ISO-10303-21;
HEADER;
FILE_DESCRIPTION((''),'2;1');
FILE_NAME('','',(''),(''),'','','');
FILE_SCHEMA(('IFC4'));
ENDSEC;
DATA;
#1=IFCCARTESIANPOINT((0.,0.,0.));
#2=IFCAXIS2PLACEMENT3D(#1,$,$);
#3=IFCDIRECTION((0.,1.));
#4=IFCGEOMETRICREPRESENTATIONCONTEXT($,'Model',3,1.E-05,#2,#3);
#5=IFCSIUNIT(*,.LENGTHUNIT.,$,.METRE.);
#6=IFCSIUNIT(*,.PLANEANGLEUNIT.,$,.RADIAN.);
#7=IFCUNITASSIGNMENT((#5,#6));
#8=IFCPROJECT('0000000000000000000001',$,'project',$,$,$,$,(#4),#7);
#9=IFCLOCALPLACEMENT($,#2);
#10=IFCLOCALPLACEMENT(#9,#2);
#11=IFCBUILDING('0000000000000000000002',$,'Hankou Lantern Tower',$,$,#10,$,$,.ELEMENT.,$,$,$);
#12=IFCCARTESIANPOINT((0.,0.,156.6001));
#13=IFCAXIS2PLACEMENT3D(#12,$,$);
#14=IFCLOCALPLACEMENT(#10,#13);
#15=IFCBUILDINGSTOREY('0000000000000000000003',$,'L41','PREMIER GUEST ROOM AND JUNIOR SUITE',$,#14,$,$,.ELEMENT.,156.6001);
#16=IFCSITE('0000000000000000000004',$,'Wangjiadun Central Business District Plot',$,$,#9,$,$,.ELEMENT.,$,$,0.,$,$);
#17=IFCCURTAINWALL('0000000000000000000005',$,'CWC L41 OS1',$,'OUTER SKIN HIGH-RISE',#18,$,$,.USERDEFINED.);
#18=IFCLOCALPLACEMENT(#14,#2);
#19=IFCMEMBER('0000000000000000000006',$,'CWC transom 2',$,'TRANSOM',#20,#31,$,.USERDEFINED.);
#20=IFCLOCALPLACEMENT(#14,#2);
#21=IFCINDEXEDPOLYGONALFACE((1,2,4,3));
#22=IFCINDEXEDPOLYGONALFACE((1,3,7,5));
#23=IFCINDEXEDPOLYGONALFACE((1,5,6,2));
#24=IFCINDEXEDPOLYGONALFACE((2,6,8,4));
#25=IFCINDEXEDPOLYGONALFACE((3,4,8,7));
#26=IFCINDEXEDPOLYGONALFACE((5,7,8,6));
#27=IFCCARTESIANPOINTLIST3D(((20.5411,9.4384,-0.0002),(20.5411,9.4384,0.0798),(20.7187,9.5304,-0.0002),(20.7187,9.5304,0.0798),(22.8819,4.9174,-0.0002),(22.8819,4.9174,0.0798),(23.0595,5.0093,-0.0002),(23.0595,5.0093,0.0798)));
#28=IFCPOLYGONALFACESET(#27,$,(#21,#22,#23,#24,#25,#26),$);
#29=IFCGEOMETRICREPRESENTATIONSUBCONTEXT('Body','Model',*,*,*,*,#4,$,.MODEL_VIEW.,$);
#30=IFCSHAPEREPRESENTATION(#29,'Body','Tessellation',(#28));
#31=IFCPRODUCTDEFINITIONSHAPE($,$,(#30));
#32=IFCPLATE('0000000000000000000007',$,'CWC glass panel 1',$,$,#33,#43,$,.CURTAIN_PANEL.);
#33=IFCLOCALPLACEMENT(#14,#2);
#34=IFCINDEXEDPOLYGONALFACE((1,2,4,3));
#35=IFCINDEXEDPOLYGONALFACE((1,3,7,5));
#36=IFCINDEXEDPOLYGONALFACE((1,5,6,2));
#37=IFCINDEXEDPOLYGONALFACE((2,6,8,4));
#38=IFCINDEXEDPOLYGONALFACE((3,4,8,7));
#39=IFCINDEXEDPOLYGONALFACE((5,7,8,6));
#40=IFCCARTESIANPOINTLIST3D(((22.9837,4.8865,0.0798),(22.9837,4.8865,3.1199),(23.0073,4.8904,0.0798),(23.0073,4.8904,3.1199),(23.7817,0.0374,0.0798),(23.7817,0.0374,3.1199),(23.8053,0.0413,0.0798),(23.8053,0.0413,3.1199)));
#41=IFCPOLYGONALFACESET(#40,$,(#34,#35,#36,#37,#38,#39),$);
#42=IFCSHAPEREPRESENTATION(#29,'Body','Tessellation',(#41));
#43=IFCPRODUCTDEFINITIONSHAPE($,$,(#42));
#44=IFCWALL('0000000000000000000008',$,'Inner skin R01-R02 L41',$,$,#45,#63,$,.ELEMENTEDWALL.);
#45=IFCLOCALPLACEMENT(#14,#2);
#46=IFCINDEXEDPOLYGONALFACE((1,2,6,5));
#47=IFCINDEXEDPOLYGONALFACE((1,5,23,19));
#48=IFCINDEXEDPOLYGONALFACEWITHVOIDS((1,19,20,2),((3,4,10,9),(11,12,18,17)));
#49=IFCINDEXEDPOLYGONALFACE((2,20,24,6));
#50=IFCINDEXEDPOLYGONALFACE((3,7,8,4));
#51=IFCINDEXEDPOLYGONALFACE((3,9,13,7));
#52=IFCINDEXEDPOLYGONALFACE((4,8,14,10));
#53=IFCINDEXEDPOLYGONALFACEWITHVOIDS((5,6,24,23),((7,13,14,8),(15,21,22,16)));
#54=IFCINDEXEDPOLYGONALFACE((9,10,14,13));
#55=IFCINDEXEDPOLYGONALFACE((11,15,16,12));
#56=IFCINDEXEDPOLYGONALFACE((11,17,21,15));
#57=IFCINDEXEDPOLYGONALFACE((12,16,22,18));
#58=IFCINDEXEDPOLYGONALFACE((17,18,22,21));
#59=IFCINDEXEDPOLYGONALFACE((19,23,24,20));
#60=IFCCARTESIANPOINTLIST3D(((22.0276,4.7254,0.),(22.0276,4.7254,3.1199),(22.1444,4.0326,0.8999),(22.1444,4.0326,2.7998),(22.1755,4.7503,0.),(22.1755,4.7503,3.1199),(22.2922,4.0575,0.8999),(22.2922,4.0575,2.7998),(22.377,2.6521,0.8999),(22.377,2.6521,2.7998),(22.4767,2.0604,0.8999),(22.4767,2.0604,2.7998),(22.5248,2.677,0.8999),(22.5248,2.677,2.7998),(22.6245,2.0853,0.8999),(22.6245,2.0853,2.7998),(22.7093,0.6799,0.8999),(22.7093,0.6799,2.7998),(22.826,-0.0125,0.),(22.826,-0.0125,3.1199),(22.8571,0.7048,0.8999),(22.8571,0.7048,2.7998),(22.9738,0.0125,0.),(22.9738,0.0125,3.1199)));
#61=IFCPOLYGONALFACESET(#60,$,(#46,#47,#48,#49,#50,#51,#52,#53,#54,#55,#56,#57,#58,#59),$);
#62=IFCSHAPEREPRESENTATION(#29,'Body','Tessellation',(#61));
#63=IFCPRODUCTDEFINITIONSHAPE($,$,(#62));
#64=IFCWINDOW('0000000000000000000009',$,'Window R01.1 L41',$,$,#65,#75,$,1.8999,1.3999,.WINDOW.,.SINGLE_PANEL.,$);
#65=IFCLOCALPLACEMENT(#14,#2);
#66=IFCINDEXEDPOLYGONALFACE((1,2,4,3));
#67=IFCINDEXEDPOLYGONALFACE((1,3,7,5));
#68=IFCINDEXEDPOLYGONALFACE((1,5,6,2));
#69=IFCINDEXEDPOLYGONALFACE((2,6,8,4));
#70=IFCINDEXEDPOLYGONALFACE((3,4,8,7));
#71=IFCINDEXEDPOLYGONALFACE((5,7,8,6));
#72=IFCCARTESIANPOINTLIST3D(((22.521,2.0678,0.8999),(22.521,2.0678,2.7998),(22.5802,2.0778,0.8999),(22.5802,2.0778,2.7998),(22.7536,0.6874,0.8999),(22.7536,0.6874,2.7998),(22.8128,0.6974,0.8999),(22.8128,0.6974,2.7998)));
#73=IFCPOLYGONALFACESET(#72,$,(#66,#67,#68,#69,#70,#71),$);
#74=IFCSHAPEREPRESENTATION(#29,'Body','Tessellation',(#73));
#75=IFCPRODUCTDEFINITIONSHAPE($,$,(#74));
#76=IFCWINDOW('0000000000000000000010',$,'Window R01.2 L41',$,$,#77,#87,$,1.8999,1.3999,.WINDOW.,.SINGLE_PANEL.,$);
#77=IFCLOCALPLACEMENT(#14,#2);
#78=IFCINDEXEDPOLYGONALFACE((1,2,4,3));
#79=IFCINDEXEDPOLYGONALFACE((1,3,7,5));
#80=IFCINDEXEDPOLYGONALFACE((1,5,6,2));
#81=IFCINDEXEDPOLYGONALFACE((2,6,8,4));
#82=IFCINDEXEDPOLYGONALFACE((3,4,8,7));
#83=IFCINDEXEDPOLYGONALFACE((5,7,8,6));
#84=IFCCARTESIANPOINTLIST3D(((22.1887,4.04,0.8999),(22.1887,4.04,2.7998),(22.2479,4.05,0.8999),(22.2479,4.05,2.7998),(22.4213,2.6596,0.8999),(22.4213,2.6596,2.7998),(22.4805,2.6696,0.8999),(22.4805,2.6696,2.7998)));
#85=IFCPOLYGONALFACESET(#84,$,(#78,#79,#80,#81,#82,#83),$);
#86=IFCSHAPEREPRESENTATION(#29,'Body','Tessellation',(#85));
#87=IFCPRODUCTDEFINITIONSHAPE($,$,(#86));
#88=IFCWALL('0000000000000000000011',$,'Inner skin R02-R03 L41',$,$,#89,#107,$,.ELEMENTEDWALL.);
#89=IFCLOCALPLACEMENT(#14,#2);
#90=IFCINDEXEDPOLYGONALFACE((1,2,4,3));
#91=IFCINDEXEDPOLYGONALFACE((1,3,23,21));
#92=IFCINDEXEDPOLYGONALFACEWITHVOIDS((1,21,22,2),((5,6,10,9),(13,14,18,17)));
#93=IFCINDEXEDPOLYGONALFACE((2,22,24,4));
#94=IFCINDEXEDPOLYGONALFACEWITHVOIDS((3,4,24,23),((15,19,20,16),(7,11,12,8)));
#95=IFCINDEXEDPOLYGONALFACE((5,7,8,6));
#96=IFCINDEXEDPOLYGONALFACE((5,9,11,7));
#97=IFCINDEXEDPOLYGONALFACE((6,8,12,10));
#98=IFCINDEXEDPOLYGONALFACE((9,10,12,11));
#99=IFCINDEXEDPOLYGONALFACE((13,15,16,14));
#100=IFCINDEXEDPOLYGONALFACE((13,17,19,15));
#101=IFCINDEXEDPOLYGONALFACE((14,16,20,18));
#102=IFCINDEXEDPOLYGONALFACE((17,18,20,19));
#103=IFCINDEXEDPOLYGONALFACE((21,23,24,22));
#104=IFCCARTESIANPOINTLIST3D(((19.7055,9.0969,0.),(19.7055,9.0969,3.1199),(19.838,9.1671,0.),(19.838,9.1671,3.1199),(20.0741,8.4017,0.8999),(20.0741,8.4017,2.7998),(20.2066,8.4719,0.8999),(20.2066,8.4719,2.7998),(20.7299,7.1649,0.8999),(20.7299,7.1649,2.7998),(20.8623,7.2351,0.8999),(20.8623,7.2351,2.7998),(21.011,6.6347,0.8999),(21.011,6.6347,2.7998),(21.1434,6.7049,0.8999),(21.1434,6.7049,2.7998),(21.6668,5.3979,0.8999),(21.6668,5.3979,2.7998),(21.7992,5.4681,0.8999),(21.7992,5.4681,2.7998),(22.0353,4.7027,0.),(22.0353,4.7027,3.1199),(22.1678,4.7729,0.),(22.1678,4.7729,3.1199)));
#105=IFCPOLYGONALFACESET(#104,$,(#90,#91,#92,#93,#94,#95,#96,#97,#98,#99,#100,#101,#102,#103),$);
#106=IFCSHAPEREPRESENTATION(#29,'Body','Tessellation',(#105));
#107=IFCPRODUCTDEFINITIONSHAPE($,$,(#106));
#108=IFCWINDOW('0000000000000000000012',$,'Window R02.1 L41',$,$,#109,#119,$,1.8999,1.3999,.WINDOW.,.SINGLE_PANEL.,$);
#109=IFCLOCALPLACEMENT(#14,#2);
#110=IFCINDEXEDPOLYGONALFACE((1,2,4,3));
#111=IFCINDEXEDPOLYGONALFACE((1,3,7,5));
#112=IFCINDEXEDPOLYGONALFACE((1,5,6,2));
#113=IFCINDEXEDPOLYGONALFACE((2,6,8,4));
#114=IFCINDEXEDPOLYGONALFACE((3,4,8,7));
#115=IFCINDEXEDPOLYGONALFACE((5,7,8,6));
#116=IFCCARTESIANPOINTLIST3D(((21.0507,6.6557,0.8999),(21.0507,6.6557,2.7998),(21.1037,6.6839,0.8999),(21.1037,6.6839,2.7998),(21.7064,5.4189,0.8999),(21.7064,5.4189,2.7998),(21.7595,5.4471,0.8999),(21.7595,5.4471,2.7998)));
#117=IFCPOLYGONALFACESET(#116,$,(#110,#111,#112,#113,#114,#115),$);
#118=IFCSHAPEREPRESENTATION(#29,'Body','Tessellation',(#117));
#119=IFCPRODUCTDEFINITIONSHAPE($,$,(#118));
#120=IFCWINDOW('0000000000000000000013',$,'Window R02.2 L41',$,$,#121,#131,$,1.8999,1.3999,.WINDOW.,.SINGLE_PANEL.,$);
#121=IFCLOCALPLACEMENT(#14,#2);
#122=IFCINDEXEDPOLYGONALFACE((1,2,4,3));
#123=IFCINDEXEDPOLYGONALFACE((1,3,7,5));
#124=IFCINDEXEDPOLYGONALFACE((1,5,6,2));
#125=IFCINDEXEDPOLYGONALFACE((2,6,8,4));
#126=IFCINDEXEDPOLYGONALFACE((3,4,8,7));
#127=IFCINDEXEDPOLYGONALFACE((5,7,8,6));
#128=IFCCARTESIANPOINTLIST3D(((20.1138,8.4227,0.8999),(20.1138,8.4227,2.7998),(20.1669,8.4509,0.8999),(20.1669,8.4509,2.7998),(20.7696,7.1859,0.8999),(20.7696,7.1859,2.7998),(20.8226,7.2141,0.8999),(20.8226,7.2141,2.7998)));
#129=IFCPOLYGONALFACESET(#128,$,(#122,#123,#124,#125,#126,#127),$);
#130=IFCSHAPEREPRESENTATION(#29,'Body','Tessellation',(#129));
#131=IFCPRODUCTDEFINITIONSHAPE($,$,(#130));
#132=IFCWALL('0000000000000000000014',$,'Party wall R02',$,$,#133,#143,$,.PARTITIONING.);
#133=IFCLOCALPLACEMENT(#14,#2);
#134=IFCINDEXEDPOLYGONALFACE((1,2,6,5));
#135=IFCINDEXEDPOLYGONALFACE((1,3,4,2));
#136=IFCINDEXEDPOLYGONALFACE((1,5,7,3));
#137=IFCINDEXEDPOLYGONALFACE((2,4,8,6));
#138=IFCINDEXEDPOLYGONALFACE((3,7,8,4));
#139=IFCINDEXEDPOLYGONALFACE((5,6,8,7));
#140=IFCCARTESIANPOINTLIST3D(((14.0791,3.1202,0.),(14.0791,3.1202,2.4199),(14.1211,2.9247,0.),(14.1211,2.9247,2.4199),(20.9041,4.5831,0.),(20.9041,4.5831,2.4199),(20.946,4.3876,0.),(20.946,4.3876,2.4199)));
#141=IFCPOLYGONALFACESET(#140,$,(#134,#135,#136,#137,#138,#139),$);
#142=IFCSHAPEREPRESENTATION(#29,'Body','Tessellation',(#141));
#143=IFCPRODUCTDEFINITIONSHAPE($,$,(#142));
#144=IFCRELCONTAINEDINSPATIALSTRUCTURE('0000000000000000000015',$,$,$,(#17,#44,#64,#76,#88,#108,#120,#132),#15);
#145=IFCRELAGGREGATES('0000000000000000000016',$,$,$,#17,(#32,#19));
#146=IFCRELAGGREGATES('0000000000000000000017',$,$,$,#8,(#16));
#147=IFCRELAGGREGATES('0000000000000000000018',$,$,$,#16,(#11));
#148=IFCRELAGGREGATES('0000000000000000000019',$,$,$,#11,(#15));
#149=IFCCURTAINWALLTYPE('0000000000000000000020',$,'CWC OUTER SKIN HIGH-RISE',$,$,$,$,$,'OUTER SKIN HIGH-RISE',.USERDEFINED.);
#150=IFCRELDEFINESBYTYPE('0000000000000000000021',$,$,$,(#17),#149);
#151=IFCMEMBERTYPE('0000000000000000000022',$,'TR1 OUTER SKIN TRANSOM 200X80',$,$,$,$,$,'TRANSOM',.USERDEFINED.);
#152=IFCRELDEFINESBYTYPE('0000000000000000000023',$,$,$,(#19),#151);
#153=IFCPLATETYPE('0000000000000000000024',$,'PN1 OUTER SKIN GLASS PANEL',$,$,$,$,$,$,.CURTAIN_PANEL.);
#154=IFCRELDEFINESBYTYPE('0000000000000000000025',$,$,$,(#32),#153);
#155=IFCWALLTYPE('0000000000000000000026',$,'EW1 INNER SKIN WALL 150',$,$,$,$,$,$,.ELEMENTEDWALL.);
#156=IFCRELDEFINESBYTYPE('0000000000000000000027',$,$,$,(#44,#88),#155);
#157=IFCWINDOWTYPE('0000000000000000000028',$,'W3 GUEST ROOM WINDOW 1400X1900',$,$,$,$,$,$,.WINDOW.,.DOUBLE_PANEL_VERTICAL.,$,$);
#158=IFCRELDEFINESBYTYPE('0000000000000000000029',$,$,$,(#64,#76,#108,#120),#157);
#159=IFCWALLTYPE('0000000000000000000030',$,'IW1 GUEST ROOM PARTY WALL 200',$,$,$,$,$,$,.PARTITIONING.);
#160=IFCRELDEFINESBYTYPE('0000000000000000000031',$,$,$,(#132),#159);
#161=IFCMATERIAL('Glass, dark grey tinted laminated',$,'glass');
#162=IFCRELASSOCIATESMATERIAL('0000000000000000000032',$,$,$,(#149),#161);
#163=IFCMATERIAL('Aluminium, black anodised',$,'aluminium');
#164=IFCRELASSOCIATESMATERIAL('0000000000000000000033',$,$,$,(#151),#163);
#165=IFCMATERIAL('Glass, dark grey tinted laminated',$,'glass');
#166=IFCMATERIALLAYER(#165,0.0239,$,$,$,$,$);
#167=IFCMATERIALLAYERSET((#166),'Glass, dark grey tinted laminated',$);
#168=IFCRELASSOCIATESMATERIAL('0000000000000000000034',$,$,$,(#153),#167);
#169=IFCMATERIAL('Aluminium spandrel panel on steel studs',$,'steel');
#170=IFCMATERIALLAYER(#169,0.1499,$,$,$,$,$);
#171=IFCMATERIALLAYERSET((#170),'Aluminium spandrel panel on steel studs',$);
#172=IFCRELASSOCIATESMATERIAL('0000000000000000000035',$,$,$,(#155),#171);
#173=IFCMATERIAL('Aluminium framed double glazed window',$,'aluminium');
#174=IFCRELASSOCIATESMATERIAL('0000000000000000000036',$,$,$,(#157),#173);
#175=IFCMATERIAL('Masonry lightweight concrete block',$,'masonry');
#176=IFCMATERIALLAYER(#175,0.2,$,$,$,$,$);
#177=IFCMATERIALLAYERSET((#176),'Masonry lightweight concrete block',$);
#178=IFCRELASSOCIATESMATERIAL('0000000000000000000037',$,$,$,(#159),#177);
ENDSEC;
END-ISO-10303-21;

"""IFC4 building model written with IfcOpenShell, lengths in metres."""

from ifc_helpers import new_model, si_unit, direction, frame, frame_2d, origin, origin_2d, place, context, subcontext, project, spatial, rectangle, extrude, material, layer, layer_set, material_profile, profile_set, type_object, element, fill, aggregate, save


model = new_model("IFC4")

# Units and contexts
model_context = context("Model", 3, precision=1e-05, world=origin(), true_north=direction((0.0, 1.0)))
body_context = subcontext(model_context, "Body", "Model", "MODEL_VIEW")
ifc_project = project(units=[si_unit("LENGTHUNIT", "METRE"), si_unit("PLANEANGLEUNIT", "RADIAN")], contexts=[model_context])

# Site, building, storey
site_placement = place(None, origin())
site = spatial("IfcSite", under=ifc_project, at=site_placement, Name="Wangjiadun Central Business District Plot", CompositionType="ELEMENT", RefElevation=0.0)
building_placement = place(site_placement, origin())
building = spatial("IfcBuilding", under=site, at=building_placement, Name="Hankou Lantern Tower", CompositionType="ELEMENT")
storey_placement = place(building_placement, frame((0.0, 0.0, 156.6001)))
storey = spatial("IfcBuildingStorey", under=building, at=storey_placement, Name="L41", Description="PREMIER GUEST ROOM AND JUNIOR SUITE", CompositionType="ELEMENT", Elevation=156.6001)

# Curtain wall
ifc_material_1 = material(Name="Glass, dark grey tinted laminated", Category="glass")
curtain_wall_type = type_object("IfcCurtainWallType", Name="CWC OUTER SKIN HIGH-RISE", ElementType="OUTER SKIN HIGH-RISE", PredefinedType="USERDEFINED", material=ifc_material_1)
curtain_wall_placement = place(storey_placement, origin())
curtain_wall = element("IfcCurtainWall", 1, at=curtain_wall_placement, inside=storey, type_object=curtain_wall_type, Name="CWC L41 OS1", ObjectType="OUTER SKIN HIGH-RISE", PredefinedType="USERDEFINED")

# Member
ifc_material_2 = material(Name="Aluminium, black anodised", Category="aluminium")
ifc_material_profile_1 = material_profile(ifc_material_2, rectangle(XDim=0.2, YDim=0.0801, at=origin_2d()), Name="TR1 200X80")
ifc_profile_set_1 = profile_set([ifc_material_profile_1], Name="Aluminium, black anodised")
member_type_1 = type_object("IfcMemberType", Name="TR1 OUTER SKIN TRANSOM 200X80", ElementType="TRANSOM", PredefinedType="USERDEFINED", material=ifc_profile_set_1)
member_1_placement = place(storey_placement, frame((22.9707, 4.9634, 0.0398), z_axis=(-0.459791, 0.888027, 0.0), x_axis=(-0.888027, -0.459791, 0.0)))
member_1 = element("IfcMember", 2, at=member_1_placement, type_object=member_type_1, Name="CWC transom 2", ObjectType="TRANSOM", PredefinedType="USERDEFINED", context=body_context, shape_type="SweptSolid", body=[
    extrude(rectangle(XDim=0.2, YDim=0.0801, at=origin_2d()), origin(), (0.0, 0.0, 1.0), 5.0911),
])

# Plate
ifc_material_3 = material(Name="Glass, dark grey tinted laminated", Category="glass")
ifc_layer_1 = layer(ifc_material_3, 0.0239)
ifc_layer_set_1 = layer_set([ifc_layer_1], Name="Glass, dark grey tinted laminated")
plate_type = type_object("IfcPlateType", Name="PN1 OUTER SKIN GLASS PANEL", PredefinedType="CURTAIN_PANEL", material=ifc_layer_set_1)
plate_placement = place(storey_placement, frame((23.3945, 2.4639, 0.0798), z_axis=(0.0, 0.0, 1.0), x_axis=(-0.162382, 0.986728, 0.0)))
plate = element("IfcPlate", 3, at=plate_placement, type_object=plate_type, Name="CWC glass panel 1", PredefinedType="CURTAIN_PANEL", context=body_context, shape_type="SweptSolid", body=[
    extrude(rectangle(XDim=4.9143, YDim=0.0239, at=origin_2d()), origin(), (0.0, 0.0, 1.0), 3.04),
])
aggregate(curtain_wall, [plate, member_1])

# Walls, openings, windows
ifc_material_4 = material(Name="Aluminium spandrel panel on steel studs", Category="steel")
ifc_layer_2 = layer(ifc_material_4, 0.1499)
ifc_layer_set_2 = layer_set([ifc_layer_2], Name="Aluminium spandrel panel on steel studs")
wall_type_1 = type_object("IfcWallType", Name="EW1 INNER SKIN WALL 150", PredefinedType="ELEMENTEDWALL", material=ifc_layer_set_2)
wall_1_placement = place(storey_placement, frame((22.8999, 0.0, 0.0), z_axis=(0.0, 0.0, 1.0), x_axis=(-0.166162, 0.986098, 0.0)))
wall_1 = element("IfcWall", 4, at=wall_1_placement, inside=storey, type_object=wall_type_1, Name="Inner skin R01-R02 L41", PredefinedType="ELEMENTEDWALL", context=body_context, shape_type="SweptSolid", body=[
    extrude(rectangle(XDim=4.8047, YDim=0.1499, at=frame_2d((2.4023, 0.0))), origin(), (0.0, 0.0, 1.0), 3.1199),
])
opening_1_placement = place(wall_1_placement, frame((0.7021, 0.0, 0.8999)))
opening_1 = element("IfcOpeningElement", 5, at=opening_1_placement, cuts=wall_1, PredefinedType="OPENING", context=body_context, shape_type="SweptSolid", body=[
    extrude(rectangle(XDim=1.3999, YDim=1.8999, at=frame_2d((0.7, 0.95))), frame((0.0, 0.085, 0.0), z_axis=(0.0, -1.0, 0.0), x_axis=(1.0, 0.0, 0.0)), (0.0, 0.0, 1.0), 0.1699),
])
opening_2_placement = place(wall_1_placement, frame((2.7021, 0.0, 0.8999)))
opening_2 = element("IfcOpeningElement", 6, at=opening_2_placement, cuts=wall_1, PredefinedType="OPENING", context=body_context, shape_type="SweptSolid", body=[
    extrude(rectangle(XDim=1.3999, YDim=1.8999, at=frame_2d((0.7, 0.95))), frame((0.0, 0.085, 0.0), z_axis=(0.0, -1.0, 0.0), x_axis=(1.0, 0.0, 0.0)), (0.0, 0.0, 1.0), 0.1699),
])
ifc_material_5 = material(Name="Aluminium framed double glazed window", Category="aluminium")
window_type = type_object("IfcWindowType", Name="W3 GUEST ROOM WINDOW 1400X1900", PartitioningType="DOUBLE_PANEL_VERTICAL", PredefinedType="WINDOW", material=ifc_material_5)
window_1_placement = place(opening_1_placement, origin())
window_1 = element("IfcWindow", 7, at=window_1_placement, inside=storey, type_object=window_type, Name="Window R01.1 L41", OverallHeight=1.8999, OverallWidth=1.3999, PartitioningType="SINGLE_PANEL", PredefinedType="WINDOW", context=body_context, shape_type="SweptSolid", body=[
    extrude(rectangle(XDim=1.3999, YDim=1.8999, at=frame_2d((0.7, 0.95))), frame((0.0, 0.03, 0.0), z_axis=(0.0, -1.0, 0.0), x_axis=(1.0, 0.0, 0.0)), (0.0, 0.0, 1.0), 0.0601),
])
fill(opening_1, window_1)
window_2_placement = place(opening_2_placement, origin())
window_2 = element("IfcWindow", 8, at=window_2_placement, inside=storey, type_object=window_type, Name="Window R01.2 L41", OverallHeight=1.8999, OverallWidth=1.3999, PartitioningType="SINGLE_PANEL", PredefinedType="WINDOW", context=body_context, shape_type="SweptSolid", body=[
    extrude(rectangle(XDim=1.3999, YDim=1.8999, at=frame_2d((0.7, 0.95))), frame((0.0, 0.03, 0.0), z_axis=(0.0, -1.0, 0.0), x_axis=(1.0, 0.0, 0.0)), (0.0, 0.0, 1.0), 0.0601),
])
fill(opening_2, window_2)
wall_2_placement = place(storey_placement, frame((22.1016, 4.7378, 0.0), z_axis=(0.0, 0.0, 1.0), x_axis=(-0.468429, 0.883501, 0.0)))
wall_2 = element("IfcWall", 9, at=wall_2_placement, inside=storey, type_object=wall_type_1, Name="Inner skin R02-R03 L41", PredefinedType="ELEMENTEDWALL", context=body_context, shape_type="SweptSolid", body=[
    extrude(rectangle(XDim=4.9736, YDim=0.1499, at=frame_2d((2.4868, 0.0))), origin(), (0.0, 0.0, 1.0), 3.1199),
])
opening_3_placement = place(wall_2_placement, frame((0.7869, 0.0, 0.8999)))
opening_3 = element("IfcOpeningElement", 10, at=opening_3_placement, cuts=wall_2, PredefinedType="OPENING", context=body_context, shape_type="SweptSolid", body=[
    extrude(rectangle(XDim=1.3999, YDim=1.8999, at=frame_2d((0.7, 0.95))), frame((0.0, 0.085, 0.0), z_axis=(0.0, -1.0, 0.0), x_axis=(1.0, 0.0, 0.0)), (0.0, 0.0, 1.0), 0.1699),
])
opening_4_placement = place(wall_2_placement, frame((2.7869, 0.0, 0.8999)))
opening_4 = element("IfcOpeningElement", 11, at=opening_4_placement, cuts=wall_2, PredefinedType="OPENING", context=body_context, shape_type="SweptSolid", body=[
    extrude(rectangle(XDim=1.3999, YDim=1.8999, at=frame_2d((0.7, 0.95))), frame((0.0, 0.085, 0.0), z_axis=(0.0, -1.0, 0.0), x_axis=(1.0, 0.0, 0.0)), (0.0, 0.0, 1.0), 0.1699),
])
window_3_placement = place(opening_3_placement, origin())
window_3 = element("IfcWindow", 12, at=window_3_placement, inside=storey, type_object=window_type, Name="Window R02.1 L41", OverallHeight=1.8999, OverallWidth=1.3999, PartitioningType="SINGLE_PANEL", PredefinedType="WINDOW", context=body_context, shape_type="SweptSolid", body=[
    extrude(rectangle(XDim=1.3999, YDim=1.8999, at=frame_2d((0.7, 0.95))), frame((0.0, 0.03, 0.0), z_axis=(0.0, -1.0, 0.0), x_axis=(1.0, 0.0, 0.0)), (0.0, 0.0, 1.0), 0.0601),
])
fill(opening_3, window_3)
window_4_placement = place(opening_4_placement, origin())
window_4 = element("IfcWindow", 13, at=window_4_placement, inside=storey, type_object=window_type, Name="Window R02.2 L41", OverallHeight=1.8999, OverallWidth=1.3999, PartitioningType="SINGLE_PANEL", PredefinedType="WINDOW", context=body_context, shape_type="SweptSolid", body=[
    extrude(rectangle(XDim=1.3999, YDim=1.8999, at=frame_2d((0.7, 0.95))), frame((0.0, 0.03, 0.0), z_axis=(0.0, -1.0, 0.0), x_axis=(1.0, 0.0, 0.0)), (0.0, 0.0, 1.0), 0.0601),
])
fill(opening_4, window_4)

# Wall
ifc_material_6 = material(Name="Masonry lightweight concrete block", Category="masonry")
ifc_layer_3 = layer(ifc_material_6, 0.2)
ifc_layer_set_3 = layer_set([ifc_layer_3], Name="Masonry lightweight concrete block")
wall_type_2 = type_object("IfcWallType", Name="IW1 GUEST ROOM PARTY WALL 200", PredefinedType="PARTITIONING", material=ifc_layer_set_3)
wall_3_placement = place(storey_placement, frame((14.1001, 3.0225, 0.0), z_axis=(0.0, 0.0, 1.0), x_axis=(0.977791, 0.209584, 0.0)))
element("IfcWall", 14, at=wall_3_placement, inside=storey, type_object=wall_type_2, Name="Party wall R02", PredefinedType="PARTITIONING", context=body_context, shape_type="SweptSolid", body=[
    extrude(rectangle(XDim=6.98, YDim=0.2, at=frame_2d((3.49, 0.0))), origin(), (0.0, 0.0, 1.0), 2.4199),
])

save(model, "model.ifc")
